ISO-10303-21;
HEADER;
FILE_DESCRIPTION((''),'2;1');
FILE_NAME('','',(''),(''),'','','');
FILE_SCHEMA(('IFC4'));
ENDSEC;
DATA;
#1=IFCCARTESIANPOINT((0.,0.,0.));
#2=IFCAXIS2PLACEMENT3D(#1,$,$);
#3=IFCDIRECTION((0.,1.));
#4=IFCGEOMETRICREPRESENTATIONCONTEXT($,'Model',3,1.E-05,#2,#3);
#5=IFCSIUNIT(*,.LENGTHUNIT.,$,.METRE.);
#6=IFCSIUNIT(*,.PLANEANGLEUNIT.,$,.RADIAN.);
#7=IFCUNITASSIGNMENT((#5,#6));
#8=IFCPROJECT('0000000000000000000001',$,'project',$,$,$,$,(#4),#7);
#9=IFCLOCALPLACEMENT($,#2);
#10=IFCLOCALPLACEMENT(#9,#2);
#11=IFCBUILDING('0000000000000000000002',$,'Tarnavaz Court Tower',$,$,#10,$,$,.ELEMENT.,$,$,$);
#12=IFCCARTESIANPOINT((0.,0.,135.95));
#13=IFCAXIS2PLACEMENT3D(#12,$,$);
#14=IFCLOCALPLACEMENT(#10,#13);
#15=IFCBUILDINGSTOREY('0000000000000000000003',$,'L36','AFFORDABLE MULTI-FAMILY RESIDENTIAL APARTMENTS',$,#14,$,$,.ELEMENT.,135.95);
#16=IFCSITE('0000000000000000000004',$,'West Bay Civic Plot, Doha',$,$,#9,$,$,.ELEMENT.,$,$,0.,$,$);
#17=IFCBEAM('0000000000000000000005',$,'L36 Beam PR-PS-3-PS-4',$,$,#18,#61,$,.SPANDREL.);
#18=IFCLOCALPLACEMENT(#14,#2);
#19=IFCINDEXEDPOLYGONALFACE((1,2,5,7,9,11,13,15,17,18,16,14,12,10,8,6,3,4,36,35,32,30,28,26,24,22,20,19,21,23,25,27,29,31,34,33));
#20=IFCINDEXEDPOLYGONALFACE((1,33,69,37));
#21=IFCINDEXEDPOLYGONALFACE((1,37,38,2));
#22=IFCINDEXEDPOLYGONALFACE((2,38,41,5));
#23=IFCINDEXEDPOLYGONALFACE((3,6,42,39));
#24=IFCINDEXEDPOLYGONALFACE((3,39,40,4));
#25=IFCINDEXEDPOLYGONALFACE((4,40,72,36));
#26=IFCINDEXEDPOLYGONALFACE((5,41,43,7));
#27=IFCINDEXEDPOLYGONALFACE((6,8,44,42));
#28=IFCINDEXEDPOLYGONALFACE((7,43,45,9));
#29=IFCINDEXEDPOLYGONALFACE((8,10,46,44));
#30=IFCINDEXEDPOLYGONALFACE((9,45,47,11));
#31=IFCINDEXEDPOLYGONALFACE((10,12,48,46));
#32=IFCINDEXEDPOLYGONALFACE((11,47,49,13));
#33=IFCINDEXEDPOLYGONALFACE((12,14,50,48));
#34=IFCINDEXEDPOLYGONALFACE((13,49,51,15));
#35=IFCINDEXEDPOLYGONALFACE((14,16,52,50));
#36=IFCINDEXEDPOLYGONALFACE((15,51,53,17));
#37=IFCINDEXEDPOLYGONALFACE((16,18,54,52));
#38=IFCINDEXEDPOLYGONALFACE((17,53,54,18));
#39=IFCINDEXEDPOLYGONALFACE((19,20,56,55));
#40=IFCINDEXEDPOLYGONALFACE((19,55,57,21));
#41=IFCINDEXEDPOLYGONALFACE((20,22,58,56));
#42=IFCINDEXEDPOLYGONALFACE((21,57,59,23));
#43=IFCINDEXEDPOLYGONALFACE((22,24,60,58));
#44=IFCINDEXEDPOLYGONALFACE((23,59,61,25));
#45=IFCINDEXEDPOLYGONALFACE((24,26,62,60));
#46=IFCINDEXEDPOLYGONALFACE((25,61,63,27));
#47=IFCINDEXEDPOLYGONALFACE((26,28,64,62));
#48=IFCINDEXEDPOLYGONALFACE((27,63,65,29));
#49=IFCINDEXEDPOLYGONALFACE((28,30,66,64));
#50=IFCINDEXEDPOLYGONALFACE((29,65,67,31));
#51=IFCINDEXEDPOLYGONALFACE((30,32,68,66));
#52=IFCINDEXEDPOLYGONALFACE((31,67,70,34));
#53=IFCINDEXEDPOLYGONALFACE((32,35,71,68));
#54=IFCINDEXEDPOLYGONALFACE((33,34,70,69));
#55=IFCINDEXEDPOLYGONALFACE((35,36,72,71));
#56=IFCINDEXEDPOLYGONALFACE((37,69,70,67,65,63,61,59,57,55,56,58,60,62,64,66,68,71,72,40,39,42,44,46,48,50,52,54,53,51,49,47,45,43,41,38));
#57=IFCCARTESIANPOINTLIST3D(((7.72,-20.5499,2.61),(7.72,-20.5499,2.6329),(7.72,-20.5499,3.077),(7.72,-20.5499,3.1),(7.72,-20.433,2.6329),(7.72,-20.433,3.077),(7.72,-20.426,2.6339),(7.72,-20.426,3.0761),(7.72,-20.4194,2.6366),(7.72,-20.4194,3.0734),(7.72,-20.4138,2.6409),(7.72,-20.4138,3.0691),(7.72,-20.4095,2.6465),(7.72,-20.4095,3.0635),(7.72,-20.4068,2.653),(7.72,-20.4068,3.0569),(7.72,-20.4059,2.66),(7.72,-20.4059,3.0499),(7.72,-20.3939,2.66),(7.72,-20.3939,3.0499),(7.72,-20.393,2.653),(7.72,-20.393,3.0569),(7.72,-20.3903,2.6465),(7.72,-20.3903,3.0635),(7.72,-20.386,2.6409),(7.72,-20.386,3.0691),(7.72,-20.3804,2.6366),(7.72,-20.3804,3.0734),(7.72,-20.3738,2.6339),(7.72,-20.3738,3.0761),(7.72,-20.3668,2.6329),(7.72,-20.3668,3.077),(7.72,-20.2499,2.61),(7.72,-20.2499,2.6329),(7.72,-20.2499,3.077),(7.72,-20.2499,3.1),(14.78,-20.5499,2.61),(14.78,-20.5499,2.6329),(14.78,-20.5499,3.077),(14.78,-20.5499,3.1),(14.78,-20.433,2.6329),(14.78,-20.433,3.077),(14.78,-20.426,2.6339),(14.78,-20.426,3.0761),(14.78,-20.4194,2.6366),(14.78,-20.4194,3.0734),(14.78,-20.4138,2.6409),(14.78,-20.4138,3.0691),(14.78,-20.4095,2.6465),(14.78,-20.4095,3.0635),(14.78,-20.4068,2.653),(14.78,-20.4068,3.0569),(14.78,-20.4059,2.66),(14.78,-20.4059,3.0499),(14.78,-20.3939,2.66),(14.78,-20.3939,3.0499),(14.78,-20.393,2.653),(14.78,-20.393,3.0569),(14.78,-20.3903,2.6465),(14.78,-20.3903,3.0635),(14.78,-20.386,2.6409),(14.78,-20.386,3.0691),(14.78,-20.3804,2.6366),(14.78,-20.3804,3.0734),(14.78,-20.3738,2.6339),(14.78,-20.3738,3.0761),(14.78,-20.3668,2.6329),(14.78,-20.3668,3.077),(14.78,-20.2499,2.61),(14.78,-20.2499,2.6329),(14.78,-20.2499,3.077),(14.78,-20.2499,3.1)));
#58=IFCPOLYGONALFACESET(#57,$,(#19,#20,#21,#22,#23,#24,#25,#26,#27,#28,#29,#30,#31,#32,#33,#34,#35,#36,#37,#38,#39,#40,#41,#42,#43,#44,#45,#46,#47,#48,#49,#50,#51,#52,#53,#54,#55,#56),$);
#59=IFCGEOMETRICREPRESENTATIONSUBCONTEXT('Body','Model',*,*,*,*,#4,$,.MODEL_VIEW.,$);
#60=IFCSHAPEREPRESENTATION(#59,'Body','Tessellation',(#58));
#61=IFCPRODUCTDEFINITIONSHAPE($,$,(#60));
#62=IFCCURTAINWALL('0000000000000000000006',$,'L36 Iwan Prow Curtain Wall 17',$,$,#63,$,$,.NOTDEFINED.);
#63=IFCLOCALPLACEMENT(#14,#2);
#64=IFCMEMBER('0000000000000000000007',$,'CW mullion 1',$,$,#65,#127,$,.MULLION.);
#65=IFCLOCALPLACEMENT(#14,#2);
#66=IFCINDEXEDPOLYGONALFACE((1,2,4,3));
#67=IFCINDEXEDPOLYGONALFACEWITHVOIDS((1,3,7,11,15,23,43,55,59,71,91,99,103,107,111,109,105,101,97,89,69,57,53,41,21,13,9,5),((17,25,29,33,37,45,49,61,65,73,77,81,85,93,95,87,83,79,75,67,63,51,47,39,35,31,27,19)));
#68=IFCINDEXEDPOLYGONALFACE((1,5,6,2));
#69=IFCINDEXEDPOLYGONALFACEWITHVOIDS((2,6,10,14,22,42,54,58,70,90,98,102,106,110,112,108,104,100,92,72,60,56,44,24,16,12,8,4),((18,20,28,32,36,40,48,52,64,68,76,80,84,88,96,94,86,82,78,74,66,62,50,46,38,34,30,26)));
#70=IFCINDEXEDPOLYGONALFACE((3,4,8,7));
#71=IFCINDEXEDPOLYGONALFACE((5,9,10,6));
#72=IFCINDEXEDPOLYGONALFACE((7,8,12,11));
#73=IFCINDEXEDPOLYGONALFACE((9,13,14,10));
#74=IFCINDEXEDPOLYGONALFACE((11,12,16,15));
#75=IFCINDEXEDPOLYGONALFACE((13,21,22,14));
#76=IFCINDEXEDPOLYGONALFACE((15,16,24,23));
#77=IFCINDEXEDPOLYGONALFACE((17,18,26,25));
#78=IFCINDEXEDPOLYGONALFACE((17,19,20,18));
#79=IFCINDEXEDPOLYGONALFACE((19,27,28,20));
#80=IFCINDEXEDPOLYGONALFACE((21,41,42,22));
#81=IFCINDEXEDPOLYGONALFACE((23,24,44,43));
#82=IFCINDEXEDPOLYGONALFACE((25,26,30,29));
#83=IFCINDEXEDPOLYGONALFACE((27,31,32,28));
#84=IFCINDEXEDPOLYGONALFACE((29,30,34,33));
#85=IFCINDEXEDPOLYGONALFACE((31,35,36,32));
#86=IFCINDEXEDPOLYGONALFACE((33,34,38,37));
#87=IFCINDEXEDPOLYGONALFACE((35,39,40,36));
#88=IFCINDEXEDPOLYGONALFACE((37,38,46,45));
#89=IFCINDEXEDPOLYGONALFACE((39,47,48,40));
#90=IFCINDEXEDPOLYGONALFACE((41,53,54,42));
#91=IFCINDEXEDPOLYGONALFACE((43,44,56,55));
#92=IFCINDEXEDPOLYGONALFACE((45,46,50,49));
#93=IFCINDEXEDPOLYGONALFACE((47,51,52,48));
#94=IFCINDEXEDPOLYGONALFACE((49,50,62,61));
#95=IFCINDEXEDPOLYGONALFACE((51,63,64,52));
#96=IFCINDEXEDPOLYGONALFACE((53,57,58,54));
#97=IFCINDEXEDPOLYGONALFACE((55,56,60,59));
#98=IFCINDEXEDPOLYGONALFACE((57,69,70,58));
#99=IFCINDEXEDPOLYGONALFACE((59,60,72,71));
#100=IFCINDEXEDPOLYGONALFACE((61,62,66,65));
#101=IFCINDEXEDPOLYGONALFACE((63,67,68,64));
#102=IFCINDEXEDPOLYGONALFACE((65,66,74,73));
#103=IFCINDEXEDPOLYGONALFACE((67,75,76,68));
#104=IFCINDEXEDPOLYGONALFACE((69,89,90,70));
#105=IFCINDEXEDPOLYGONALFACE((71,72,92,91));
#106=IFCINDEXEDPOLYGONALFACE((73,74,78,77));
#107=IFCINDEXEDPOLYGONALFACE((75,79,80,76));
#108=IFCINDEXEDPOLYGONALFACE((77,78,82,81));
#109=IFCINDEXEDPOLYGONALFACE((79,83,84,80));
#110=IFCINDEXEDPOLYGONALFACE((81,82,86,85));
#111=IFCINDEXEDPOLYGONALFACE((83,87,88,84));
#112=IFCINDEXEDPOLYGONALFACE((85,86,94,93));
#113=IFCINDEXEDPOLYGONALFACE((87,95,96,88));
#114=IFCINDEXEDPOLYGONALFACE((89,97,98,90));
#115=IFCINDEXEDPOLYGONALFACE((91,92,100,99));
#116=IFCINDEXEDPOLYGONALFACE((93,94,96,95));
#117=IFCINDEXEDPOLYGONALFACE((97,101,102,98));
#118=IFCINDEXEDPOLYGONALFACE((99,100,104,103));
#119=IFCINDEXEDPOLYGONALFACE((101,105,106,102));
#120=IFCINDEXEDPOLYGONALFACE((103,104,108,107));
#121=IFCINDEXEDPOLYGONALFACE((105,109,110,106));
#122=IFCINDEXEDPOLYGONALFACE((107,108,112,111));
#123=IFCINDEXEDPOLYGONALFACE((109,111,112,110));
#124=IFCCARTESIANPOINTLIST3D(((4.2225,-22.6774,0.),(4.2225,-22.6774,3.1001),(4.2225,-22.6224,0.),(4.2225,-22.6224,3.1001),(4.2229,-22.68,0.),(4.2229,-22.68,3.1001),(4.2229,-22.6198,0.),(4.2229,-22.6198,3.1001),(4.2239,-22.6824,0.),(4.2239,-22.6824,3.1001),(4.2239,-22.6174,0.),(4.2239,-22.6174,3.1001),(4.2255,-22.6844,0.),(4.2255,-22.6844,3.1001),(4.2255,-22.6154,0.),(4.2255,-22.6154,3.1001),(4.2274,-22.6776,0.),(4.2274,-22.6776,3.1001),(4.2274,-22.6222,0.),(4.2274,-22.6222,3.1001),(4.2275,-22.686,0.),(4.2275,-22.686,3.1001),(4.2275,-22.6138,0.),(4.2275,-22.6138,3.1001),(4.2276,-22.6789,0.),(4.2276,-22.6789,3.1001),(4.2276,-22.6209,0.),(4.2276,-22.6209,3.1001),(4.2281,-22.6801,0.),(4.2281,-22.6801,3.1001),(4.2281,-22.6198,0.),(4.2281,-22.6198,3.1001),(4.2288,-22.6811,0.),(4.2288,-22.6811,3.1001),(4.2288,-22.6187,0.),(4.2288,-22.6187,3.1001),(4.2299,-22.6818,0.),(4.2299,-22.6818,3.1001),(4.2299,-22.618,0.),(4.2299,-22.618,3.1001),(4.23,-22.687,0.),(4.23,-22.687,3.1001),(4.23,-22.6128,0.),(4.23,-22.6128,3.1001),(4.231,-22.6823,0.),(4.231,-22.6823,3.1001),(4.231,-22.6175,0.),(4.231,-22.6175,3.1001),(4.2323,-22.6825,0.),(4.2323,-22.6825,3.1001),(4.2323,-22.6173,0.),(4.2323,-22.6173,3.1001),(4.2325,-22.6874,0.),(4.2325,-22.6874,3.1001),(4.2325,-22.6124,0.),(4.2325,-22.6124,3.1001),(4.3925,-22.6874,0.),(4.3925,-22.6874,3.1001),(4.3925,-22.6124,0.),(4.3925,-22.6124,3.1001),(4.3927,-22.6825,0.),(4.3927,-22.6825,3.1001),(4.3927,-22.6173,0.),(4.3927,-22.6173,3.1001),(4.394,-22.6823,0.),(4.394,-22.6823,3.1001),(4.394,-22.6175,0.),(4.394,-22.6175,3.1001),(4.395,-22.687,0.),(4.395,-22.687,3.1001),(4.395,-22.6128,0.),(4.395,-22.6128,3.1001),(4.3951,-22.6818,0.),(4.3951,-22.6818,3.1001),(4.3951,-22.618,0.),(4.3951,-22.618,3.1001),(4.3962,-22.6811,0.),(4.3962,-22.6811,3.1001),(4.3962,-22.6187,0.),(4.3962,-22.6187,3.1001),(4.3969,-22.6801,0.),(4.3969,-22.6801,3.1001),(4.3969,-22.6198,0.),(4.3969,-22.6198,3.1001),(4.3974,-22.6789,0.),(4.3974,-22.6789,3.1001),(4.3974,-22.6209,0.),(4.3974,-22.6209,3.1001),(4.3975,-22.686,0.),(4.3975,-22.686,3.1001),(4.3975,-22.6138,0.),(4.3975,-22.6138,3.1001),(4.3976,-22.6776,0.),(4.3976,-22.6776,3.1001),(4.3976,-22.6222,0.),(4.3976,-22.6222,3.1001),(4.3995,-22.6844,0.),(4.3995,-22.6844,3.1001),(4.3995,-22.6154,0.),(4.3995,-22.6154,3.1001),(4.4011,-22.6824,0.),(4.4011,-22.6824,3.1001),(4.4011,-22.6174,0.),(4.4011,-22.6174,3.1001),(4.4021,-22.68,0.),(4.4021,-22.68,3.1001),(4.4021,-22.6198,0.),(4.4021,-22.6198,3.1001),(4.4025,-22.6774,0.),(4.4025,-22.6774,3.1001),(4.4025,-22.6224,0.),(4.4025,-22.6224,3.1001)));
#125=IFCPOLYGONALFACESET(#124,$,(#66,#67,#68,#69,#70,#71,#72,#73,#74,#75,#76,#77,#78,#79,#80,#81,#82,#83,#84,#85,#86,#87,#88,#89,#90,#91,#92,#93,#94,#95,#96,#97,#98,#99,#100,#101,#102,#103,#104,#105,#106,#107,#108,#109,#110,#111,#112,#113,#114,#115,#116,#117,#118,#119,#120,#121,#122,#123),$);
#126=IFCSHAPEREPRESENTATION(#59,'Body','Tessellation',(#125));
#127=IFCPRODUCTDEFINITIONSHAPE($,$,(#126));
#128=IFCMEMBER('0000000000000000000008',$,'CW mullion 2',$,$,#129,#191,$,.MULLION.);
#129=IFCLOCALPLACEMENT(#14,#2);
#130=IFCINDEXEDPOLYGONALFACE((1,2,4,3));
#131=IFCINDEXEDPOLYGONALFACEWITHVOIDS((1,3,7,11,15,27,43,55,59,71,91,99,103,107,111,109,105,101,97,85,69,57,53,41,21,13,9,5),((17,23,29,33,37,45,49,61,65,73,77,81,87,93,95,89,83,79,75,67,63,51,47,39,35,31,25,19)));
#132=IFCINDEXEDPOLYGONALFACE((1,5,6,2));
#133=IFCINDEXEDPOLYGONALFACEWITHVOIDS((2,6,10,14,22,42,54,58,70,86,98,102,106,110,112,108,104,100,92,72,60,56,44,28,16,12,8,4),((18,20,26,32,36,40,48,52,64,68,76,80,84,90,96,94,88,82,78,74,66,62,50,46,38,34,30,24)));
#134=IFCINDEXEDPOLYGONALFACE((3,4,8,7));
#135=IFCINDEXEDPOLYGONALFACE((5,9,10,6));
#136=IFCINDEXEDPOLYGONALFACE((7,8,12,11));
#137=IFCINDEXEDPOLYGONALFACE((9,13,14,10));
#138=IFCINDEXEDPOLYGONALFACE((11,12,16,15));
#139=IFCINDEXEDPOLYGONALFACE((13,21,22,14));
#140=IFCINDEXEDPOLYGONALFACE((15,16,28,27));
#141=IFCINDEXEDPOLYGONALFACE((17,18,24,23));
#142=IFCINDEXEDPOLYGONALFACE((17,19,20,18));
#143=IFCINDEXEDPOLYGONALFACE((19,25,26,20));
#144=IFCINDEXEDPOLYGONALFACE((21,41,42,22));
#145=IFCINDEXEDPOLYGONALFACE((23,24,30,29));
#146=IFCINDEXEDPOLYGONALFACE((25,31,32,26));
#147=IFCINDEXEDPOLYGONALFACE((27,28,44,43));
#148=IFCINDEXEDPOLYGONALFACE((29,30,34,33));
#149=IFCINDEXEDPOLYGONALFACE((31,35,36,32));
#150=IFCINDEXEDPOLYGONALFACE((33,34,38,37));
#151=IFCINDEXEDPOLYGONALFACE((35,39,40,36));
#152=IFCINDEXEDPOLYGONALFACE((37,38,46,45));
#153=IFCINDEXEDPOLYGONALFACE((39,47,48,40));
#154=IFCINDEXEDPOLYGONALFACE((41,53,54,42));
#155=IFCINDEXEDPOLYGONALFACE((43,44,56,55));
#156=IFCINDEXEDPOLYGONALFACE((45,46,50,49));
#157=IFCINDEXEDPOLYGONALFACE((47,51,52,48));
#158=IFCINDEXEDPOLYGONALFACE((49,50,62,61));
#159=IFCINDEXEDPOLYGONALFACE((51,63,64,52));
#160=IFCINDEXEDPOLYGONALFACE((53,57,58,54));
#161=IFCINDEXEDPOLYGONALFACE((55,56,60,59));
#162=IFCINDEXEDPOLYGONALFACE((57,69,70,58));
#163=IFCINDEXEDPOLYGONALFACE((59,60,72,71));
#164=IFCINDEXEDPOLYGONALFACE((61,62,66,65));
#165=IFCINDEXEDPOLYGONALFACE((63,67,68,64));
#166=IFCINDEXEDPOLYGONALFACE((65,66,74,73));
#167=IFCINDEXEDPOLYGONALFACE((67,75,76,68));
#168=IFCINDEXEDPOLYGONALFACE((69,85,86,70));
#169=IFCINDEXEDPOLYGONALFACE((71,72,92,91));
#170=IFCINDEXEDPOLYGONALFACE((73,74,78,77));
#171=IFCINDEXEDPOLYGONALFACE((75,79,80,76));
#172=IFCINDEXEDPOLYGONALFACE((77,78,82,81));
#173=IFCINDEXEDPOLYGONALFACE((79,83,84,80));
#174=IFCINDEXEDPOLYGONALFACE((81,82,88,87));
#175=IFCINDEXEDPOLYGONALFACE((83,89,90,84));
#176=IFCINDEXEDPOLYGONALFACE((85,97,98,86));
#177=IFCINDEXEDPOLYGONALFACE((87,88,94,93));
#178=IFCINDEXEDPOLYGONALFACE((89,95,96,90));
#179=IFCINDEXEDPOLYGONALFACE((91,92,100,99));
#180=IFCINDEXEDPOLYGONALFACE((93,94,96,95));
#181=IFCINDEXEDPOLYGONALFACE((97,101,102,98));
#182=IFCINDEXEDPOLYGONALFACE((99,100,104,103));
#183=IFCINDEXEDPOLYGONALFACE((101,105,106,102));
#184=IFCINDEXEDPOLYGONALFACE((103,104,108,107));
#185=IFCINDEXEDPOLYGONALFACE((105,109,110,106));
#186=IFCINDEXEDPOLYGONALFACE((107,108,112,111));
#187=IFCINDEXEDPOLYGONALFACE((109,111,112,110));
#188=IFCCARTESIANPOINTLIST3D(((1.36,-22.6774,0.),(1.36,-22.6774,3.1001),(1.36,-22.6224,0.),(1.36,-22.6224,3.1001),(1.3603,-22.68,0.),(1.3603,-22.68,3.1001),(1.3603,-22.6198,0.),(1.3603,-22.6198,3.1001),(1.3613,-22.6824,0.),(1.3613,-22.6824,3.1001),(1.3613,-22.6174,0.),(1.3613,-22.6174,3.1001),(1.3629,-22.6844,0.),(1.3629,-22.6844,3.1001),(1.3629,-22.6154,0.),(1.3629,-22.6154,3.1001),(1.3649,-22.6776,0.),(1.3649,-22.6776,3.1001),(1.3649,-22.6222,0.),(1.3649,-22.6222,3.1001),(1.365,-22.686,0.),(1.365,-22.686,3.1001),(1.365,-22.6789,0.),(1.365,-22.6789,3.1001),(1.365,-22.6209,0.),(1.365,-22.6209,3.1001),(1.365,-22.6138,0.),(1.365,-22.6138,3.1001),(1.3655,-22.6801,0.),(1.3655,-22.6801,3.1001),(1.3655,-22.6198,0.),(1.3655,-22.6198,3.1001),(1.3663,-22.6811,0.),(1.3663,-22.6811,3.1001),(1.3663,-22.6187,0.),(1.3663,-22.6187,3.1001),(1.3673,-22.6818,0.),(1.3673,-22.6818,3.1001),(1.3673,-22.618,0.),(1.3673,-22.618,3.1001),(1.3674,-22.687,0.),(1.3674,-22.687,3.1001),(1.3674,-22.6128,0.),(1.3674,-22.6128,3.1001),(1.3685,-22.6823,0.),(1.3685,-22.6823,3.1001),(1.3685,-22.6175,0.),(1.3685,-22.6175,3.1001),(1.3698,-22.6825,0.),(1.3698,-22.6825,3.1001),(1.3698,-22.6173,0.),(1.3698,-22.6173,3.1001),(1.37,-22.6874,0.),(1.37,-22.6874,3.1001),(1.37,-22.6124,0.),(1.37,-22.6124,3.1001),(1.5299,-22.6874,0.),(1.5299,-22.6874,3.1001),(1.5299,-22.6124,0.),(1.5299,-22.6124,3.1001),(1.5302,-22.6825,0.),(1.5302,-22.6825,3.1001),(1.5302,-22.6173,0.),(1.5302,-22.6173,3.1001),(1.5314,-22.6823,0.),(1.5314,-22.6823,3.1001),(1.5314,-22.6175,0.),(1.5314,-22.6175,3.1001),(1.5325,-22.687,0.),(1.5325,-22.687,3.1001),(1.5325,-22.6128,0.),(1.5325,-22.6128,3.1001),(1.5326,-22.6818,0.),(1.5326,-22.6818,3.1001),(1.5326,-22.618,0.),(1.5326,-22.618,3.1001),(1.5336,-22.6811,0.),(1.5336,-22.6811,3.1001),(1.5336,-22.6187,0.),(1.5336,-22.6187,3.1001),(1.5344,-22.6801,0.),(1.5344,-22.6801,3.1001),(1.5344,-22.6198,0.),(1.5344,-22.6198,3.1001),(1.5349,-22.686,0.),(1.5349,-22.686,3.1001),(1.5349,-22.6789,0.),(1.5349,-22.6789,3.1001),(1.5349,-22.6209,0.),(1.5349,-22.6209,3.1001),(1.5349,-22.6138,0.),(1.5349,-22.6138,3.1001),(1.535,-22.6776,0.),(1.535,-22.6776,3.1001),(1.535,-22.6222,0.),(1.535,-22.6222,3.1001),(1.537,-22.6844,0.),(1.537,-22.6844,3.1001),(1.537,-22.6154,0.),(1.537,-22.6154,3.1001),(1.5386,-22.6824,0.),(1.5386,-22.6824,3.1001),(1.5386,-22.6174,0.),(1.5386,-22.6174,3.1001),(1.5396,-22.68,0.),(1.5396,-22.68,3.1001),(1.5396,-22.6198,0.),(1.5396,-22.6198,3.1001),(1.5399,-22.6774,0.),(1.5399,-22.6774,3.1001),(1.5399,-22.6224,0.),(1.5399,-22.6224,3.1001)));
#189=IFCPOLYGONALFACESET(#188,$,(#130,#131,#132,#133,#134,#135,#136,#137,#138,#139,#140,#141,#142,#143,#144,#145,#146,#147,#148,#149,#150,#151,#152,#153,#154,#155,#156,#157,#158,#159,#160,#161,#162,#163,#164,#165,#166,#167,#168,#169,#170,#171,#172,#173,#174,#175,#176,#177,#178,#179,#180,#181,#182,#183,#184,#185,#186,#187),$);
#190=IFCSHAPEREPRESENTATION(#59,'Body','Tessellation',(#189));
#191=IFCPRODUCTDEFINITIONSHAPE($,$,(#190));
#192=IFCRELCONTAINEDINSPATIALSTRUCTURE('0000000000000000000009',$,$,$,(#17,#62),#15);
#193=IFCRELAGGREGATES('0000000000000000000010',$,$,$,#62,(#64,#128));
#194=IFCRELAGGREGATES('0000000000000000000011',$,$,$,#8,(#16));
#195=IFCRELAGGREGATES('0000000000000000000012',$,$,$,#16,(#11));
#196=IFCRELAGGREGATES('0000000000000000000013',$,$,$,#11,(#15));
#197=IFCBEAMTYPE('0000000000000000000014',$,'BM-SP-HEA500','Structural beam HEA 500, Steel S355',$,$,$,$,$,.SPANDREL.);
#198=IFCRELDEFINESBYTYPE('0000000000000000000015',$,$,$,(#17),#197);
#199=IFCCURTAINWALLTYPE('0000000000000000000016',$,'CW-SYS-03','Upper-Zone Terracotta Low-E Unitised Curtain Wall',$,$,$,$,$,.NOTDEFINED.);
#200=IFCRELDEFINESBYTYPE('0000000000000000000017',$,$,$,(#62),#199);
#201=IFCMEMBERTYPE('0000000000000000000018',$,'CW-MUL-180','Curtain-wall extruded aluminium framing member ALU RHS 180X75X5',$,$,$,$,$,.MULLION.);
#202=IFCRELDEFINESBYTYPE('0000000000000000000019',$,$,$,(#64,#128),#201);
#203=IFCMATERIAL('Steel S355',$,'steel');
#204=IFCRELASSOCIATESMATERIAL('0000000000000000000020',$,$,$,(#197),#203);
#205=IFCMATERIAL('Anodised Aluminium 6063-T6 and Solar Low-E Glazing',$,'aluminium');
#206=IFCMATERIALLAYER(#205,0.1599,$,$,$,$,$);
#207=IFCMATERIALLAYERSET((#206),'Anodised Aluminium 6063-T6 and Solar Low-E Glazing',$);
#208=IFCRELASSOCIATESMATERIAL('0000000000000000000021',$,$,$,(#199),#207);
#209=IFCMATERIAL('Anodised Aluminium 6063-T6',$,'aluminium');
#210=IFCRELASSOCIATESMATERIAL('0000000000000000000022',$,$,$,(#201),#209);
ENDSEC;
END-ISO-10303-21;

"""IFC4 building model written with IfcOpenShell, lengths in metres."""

from ifc_helpers import new_model, si_unit, direction, frame, origin, origin_2d, place, context, subcontext, project, spatial, hollow_rectangle, i_section, extrude, material, layer, layer_set, material_profile, profile_set, type_object, element, aggregate, save


model = new_model("IFC4")

# Units and contexts
model_context = context("Model", 3, precision=1e-05, world=origin(), true_north=direction((0.0, 1.0)))
body_context = subcontext(model_context, "Body", "Model", "MODEL_VIEW")
ifc_project = project(units=[si_unit("LENGTHUNIT", "METRE"), si_unit("PLANEANGLEUNIT", "RADIAN")], contexts=[model_context])

# Site, building, storey
site_placement = place(None, origin())
site = spatial("IfcSite", under=ifc_project, at=site_placement, Name="West Bay Civic Plot, Doha", CompositionType="ELEMENT", RefElevation=0.0)
building_placement = place(site_placement, origin())
building = spatial("IfcBuilding", under=site, at=building_placement, Name="Tarnavaz Court Tower", CompositionType="ELEMENT")
storey_placement = place(building_placement, frame((0.0, 0.0, 135.95)))
storey = spatial("IfcBuildingStorey", under=building, at=storey_placement, Name="L36", Description="AFFORDABLE MULTI-FAMILY RESIDENTIAL APARTMENTS", CompositionType="ELEMENT", Elevation=135.95)

# Beam
ifc_material_1 = material(Name="Steel S355", Category="steel")
ifc_material_profile_1 = material_profile(ifc_material_1, i_section(OverallWidth=0.3, OverallDepth=0.49, WebThickness=0.012, FlangeThickness=0.0229, FilletRadius=0.0271, at=origin_2d()), Name="HEA 500")
ifc_profile_set_1 = profile_set([ifc_material_profile_1], Name="Steel S355")
beam_type_1 = type_object("IfcBeamType", Name="BM-SP-HEA500", Description="Structural beam HEA 500, Steel S355", PredefinedType="SPANDREL", material=ifc_profile_set_1)
beam_placement = place(storey_placement, frame((7.72, -20.3999, 2.855), z_axis=(1.0, 0.0, 0.0), x_axis=(0.0, 1.0, 0.0)))
element("IfcBeam", 1, at=beam_placement, inside=storey, type_object=beam_type_1, Name="L36 Beam PR-PS-3-PS-4", PredefinedType="SPANDREL", context=body_context, shape_type="SweptSolid", body=[
    extrude(i_section(OverallWidth=0.3, OverallDepth=0.49, WebThickness=0.012, FlangeThickness=0.0229, FilletRadius=0.0271, at=origin_2d()), origin(), (0.0, 0.0, 1.0), 7.0601),
])

# Curtain wall, members
ifc_material_2 = material(Name="Anodised Aluminium 6063-T6 and Solar Low-E Glazing", Category="aluminium")
ifc_layer_1 = layer(ifc_material_2, 0.1599)
ifc_layer_set_1 = layer_set([ifc_layer_1], Name="Anodised Aluminium 6063-T6 and Solar Low-E Glazing")
curtain_wall_type = type_object("IfcCurtainWallType", Name="CW-SYS-03", Description="Upper-Zone Terracotta Low-E Unitised Curtain Wall", PredefinedType="NOTDEFINED", material=ifc_layer_set_1)
curtain_wall_placement = place(storey_placement, origin())
curtain_wall = element("IfcCurtainWall", 2, at=curtain_wall_placement, inside=storey, type_object=curtain_wall_type, Name="L36 Iwan Prow Curtain Wall 17", PredefinedType="NOTDEFINED")
ifc_material_3 = material(Name="Anodised Aluminium 6063-T6", Category="aluminium")
ifc_material_profile_2 = material_profile(ifc_material_3, hollow_rectangle(XDim=0.075, YDim=0.1799, WallThickness=0.0049, InnerFilletRadius=0.0049, OuterFilletRadius=0.01, at=origin_2d()), Name="ALU RHS 180X75X5")
ifc_profile_set_2 = profile_set([ifc_material_profile_2], Name="Anodised Aluminium 6063-T6")
member_type_1 = type_object("IfcMemberType", Name="CW-MUL-180", Description="Curtain-wall extruded aluminium framing member ALU RHS 180X75X5", PredefinedType="MULLION", material=ifc_profile_set_2)
member_1_placement = place(storey_placement, frame((4.3125, -22.6499, 0.0), z_axis=(0.0, 0.0, 1.0), x_axis=(0.0, -1.0, 0.0)))
member_1 = element("IfcMember", 3, at=member_1_placement, type_object=member_type_1, Name="CW mullion 1", PredefinedType="MULLION", context=body_context, shape_type="SweptSolid", body=[
    extrude(hollow_rectangle(XDim=0.075, YDim=0.1799, WallThickness=0.0049, InnerFilletRadius=0.0049, OuterFilletRadius=0.01, at=origin_2d()), origin(), (0.0, 0.0, 1.0), 3.1001),
])
member_2_placement = place(storey_placement, frame((1.45, -22.6499, 0.0), z_axis=(0.0, 0.0, 1.0), x_axis=(0.0, -1.0, 0.0)))
member_2 = element("IfcMember", 4, at=member_2_placement, type_object=member_type_1, Name="CW mullion 2", PredefinedType="MULLION", context=body_context, shape_type="SweptSolid", body=[
    extrude(hollow_rectangle(XDim=0.075, YDim=0.1799, WallThickness=0.0049, InnerFilletRadius=0.0049, OuterFilletRadius=0.01, at=origin_2d()), origin(), (0.0, 0.0, 1.0), 3.1001),
])
aggregate(curtain_wall, [member_1, member_2])

save(model, "model.ifc")
